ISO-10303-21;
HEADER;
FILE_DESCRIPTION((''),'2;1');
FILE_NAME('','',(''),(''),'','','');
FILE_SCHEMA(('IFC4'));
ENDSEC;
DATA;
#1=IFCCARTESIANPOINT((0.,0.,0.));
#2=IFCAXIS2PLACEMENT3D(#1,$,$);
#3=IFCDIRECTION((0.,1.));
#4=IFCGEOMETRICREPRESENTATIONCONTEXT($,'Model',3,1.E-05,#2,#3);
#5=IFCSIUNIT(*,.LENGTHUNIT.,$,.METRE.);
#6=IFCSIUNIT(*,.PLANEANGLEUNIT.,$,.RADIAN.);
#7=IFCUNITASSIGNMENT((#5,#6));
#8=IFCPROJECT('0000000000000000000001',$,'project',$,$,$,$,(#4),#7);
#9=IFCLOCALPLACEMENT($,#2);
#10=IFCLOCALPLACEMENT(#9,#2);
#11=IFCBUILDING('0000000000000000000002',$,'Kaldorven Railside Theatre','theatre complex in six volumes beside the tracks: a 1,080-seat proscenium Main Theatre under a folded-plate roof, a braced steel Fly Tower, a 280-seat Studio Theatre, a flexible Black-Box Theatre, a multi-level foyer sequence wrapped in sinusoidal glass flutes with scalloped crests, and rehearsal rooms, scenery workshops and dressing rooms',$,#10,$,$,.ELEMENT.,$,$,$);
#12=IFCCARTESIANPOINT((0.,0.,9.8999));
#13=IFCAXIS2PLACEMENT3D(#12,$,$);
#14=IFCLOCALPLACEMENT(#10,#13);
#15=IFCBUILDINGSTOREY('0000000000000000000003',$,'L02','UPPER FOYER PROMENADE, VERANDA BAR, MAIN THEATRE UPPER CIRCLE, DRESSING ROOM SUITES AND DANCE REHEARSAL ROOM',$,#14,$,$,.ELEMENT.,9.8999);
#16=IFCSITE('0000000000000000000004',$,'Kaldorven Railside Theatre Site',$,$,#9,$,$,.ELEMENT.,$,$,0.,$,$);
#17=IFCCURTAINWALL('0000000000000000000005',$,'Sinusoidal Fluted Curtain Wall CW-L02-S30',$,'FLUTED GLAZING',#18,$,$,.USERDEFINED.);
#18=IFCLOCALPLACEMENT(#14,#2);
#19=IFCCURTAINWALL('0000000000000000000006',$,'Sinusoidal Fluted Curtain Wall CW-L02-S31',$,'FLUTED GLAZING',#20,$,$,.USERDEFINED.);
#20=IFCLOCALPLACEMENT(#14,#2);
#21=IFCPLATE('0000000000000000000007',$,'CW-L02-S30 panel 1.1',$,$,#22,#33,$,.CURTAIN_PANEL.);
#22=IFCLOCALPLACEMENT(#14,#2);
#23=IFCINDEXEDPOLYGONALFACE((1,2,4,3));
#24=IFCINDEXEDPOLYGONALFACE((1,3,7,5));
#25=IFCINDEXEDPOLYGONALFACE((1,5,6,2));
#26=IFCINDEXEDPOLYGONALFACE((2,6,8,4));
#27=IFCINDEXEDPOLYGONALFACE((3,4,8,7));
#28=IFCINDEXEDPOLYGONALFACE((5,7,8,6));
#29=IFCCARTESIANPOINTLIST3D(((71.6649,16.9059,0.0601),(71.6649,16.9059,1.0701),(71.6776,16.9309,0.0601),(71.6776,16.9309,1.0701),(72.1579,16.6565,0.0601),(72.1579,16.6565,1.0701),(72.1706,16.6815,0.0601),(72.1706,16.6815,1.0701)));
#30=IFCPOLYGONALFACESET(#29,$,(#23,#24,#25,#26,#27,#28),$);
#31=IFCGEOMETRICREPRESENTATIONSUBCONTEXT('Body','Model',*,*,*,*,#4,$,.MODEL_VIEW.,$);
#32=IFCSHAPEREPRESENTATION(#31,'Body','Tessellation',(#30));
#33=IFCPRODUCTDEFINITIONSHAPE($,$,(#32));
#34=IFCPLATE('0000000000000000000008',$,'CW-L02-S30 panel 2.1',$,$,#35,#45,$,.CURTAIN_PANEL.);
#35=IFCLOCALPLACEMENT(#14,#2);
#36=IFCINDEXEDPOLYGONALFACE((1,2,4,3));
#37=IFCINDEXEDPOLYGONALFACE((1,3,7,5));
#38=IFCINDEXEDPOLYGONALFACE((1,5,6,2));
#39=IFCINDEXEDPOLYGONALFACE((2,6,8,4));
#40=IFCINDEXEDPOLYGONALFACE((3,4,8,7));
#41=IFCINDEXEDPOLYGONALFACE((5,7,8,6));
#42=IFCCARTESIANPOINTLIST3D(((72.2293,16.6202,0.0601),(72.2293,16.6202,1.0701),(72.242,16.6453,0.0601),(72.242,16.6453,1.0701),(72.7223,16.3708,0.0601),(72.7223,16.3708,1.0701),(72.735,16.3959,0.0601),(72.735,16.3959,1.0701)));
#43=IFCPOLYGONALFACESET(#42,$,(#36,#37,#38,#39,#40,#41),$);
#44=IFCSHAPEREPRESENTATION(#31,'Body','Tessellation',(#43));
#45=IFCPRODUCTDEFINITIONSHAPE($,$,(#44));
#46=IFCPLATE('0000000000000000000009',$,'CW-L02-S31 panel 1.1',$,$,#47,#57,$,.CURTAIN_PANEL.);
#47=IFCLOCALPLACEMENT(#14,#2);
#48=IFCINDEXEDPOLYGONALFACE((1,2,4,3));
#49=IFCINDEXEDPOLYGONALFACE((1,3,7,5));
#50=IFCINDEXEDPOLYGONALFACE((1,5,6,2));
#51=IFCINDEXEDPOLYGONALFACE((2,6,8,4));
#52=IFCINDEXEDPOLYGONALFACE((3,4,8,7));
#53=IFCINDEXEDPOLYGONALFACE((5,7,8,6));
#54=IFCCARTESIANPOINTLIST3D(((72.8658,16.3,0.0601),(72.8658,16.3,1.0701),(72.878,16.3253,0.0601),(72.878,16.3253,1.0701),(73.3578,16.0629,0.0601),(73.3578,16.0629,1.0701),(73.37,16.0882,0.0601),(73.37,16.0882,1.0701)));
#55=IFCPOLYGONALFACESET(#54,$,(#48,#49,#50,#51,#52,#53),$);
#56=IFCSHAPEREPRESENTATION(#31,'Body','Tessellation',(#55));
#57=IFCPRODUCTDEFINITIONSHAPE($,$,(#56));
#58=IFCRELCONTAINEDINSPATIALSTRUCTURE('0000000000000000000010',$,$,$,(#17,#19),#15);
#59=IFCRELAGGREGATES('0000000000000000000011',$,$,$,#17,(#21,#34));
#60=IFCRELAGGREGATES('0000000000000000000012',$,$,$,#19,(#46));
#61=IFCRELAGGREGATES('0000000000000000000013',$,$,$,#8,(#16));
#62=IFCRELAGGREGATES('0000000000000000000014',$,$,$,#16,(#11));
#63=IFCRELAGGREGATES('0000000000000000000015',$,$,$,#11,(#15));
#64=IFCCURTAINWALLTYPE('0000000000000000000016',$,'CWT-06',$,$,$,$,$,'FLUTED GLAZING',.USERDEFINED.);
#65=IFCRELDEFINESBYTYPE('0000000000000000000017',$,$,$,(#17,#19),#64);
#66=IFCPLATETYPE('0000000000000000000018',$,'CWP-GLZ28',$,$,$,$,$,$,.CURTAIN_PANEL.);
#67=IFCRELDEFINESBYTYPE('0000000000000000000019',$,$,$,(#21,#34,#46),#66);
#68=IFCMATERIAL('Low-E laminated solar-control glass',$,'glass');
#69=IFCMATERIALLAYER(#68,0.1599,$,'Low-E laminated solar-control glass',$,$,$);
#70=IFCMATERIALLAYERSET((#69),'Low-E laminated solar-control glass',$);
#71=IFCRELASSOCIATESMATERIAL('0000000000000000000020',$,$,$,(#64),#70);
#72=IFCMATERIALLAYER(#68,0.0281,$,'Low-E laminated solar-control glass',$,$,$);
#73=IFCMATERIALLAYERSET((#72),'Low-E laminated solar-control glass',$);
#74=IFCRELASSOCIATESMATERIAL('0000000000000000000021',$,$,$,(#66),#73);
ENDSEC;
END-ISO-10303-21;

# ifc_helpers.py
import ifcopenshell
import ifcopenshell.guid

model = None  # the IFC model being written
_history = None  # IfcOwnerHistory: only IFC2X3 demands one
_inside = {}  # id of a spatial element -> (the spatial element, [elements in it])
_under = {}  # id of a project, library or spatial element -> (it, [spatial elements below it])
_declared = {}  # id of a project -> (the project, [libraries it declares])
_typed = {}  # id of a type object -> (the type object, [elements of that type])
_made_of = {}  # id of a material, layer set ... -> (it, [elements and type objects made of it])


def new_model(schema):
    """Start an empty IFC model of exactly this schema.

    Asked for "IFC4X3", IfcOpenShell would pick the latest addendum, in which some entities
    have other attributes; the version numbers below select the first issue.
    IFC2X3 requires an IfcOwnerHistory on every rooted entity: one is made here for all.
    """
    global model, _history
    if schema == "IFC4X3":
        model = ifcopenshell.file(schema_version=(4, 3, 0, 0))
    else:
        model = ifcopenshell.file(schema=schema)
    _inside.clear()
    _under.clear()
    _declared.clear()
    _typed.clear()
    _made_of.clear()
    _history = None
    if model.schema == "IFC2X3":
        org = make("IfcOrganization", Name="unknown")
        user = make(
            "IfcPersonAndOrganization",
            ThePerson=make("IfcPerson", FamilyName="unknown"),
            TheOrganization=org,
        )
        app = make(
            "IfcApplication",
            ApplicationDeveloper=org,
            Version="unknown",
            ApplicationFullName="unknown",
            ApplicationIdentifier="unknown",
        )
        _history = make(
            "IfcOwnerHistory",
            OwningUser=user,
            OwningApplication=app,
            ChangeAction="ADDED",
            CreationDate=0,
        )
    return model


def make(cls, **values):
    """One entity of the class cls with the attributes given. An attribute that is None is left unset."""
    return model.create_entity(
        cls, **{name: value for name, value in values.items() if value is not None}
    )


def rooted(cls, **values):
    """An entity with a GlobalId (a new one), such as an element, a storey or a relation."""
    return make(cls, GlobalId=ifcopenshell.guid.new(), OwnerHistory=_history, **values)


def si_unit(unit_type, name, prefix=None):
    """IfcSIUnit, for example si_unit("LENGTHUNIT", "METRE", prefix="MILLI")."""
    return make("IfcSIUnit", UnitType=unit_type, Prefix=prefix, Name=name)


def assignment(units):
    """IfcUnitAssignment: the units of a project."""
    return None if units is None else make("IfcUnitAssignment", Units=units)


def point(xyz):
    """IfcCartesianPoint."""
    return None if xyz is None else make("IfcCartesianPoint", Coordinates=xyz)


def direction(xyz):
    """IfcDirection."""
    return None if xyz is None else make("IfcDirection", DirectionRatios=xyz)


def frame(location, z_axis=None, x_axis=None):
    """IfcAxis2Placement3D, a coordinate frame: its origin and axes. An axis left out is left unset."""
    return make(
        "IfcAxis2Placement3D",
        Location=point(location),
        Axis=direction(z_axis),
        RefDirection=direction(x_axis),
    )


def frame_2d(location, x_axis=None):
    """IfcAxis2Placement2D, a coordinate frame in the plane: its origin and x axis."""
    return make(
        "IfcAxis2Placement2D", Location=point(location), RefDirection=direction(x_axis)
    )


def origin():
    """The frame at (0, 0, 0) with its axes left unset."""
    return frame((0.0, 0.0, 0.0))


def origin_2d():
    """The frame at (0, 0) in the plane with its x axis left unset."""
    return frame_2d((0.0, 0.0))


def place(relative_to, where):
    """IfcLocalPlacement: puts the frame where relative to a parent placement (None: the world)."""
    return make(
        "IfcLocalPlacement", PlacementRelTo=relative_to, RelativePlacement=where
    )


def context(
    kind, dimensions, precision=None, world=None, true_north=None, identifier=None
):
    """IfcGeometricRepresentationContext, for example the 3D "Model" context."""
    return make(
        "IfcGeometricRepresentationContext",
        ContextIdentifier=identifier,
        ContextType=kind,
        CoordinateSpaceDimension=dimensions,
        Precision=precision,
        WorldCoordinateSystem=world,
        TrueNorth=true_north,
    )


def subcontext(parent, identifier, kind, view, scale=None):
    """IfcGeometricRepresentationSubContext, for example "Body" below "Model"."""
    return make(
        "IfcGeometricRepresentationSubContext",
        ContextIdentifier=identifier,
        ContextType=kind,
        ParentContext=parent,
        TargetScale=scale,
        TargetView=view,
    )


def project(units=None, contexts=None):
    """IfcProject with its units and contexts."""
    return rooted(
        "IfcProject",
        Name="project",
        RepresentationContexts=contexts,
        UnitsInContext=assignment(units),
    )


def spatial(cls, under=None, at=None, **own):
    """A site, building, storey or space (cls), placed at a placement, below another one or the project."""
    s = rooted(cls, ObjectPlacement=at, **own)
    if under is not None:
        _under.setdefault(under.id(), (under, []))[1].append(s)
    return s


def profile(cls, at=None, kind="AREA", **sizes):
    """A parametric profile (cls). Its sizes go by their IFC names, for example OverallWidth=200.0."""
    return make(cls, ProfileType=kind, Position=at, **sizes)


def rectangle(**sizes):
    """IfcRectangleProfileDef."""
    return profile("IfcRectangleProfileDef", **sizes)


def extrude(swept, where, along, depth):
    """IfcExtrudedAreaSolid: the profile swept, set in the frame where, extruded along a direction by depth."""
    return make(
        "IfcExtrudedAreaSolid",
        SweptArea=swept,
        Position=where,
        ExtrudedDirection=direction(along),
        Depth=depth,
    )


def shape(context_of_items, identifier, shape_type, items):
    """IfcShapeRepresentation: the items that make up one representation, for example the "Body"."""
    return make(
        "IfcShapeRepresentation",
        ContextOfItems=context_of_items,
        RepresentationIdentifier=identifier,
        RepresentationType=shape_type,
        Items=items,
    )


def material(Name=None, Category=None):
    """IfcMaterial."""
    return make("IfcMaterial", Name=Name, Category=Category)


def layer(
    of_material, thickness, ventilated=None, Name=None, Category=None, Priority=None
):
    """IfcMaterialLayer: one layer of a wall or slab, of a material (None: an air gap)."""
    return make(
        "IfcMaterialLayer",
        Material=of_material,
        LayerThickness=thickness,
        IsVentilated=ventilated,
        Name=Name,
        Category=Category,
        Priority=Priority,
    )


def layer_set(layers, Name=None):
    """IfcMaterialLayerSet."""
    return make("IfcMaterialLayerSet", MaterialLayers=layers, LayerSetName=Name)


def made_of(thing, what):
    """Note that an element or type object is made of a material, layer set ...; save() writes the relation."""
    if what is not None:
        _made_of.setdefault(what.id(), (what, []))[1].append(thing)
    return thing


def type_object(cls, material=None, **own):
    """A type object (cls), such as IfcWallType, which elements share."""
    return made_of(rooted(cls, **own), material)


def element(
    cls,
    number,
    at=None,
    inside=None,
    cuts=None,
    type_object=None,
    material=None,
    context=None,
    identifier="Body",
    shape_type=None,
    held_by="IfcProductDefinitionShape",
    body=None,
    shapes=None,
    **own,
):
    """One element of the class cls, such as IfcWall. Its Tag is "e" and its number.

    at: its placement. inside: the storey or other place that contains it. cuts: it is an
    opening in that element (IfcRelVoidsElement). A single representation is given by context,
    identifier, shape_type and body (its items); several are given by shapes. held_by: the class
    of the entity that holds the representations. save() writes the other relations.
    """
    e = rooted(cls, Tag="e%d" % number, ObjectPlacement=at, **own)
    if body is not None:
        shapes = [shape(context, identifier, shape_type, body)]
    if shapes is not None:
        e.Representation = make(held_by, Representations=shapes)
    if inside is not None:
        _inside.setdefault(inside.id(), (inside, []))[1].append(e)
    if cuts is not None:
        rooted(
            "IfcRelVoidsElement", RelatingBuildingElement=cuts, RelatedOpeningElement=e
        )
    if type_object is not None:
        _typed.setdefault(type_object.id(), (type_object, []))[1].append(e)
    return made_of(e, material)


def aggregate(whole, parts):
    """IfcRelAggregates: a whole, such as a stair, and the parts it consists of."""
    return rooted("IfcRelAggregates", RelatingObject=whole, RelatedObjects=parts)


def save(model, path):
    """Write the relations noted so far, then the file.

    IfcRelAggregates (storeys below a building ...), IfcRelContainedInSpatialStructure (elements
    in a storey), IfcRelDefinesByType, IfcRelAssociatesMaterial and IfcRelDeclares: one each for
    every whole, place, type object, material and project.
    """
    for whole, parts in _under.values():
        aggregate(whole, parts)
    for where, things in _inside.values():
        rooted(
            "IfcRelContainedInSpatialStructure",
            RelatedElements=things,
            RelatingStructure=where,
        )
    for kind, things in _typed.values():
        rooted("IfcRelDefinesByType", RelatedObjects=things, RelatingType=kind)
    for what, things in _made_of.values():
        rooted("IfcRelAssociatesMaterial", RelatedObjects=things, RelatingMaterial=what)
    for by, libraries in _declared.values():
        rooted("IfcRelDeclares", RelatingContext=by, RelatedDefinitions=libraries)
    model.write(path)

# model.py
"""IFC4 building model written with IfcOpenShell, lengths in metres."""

from ifc_helpers import new_model, si_unit, direction, frame, origin, origin_2d, place, context, subcontext, project, spatial, rectangle, extrude, material, layer, layer_set, type_object, element, aggregate, save


model = new_model("IFC4")

# Units and contexts
model_context = context("Model", 3, precision=1e-05, world=origin(), true_north=direction((0.0, 1.0)))
body_context = subcontext(model_context, "Body", "Model", "MODEL_VIEW")
ifc_project = project(units=[si_unit("LENGTHUNIT", "METRE"), si_unit("PLANEANGLEUNIT", "RADIAN")], contexts=[model_context])

# Site, building, storey
site_placement = place(None, origin())
site = spatial("IfcSite", under=ifc_project, at=site_placement, Name="Kaldorven Railside Theatre Site", CompositionType="ELEMENT", RefElevation=0.0)
building_placement = place(site_placement, origin())
building = spatial("IfcBuilding", under=site, at=building_placement, Name="Kaldorven Railside Theatre", Description="theatre complex in six volumes beside the tracks: a 1,080-seat proscenium Main Theatre under a folded-plate roof, a braced steel Fly Tower, a 280-seat Studio Theatre, a flexible Black-Box Theatre, a multi-level foyer sequence wrapped in sinusoidal glass flutes with scalloped crests, and rehearsal rooms, scenery workshops and dressing rooms", CompositionType="ELEMENT")
storey_placement = place(building_placement, frame((0.0, 0.0, 9.8999)))
storey = spatial("IfcBuildingStorey", under=building, at=storey_placement, Name="L02", Description="UPPER FOYER PROMENADE, VERANDA BAR, MAIN THEATRE UPPER CIRCLE, DRESSING ROOM SUITES AND DANCE REHEARSAL ROOM", CompositionType="ELEMENT", Elevation=9.8999)

# Shared definitions
ifc_material_1 = material(Name="Low-E laminated solar-control glass", Category="glass")

# Curtain walls
ifc_layer_1 = layer(ifc_material_1, 0.1599, Name="Low-E laminated solar-control glass")
ifc_layer_set_1 = layer_set([ifc_layer_1], Name="Low-E laminated solar-control glass")
curtain_wall_type_1 = type_object("IfcCurtainWallType", Name="CWT-06", ElementType="FLUTED GLAZING", PredefinedType="USERDEFINED", material=ifc_layer_set_1)
curtain_wall_1_placement = place(storey_placement, origin())
curtain_wall_1 = element("IfcCurtainWall", 1, at=curtain_wall_1_placement, inside=storey, type_object=curtain_wall_type_1, Name="Sinusoidal Fluted Curtain Wall CW-L02-S30", ObjectType="FLUTED GLAZING", PredefinedType="USERDEFINED")
curtain_wall_2_placement = place(storey_placement, origin())
curtain_wall_2 = element("IfcCurtainWall", 2, at=curtain_wall_2_placement, inside=storey, type_object=curtain_wall_type_1, Name="Sinusoidal Fluted Curtain Wall CW-L02-S31", ObjectType="FLUTED GLAZING", PredefinedType="USERDEFINED")

# Plates
ifc_layer_2 = layer(ifc_material_1, 0.0281, Name="Low-E laminated solar-control glass")
ifc_layer_set_2 = layer_set([ifc_layer_2], Name="Low-E laminated solar-control glass")
plate_type = type_object("IfcPlateType", Name="CWP-GLZ28", PredefinedType="CURTAIN_PANEL", material=ifc_layer_set_2)
plate_1_placement = place(storey_placement, frame((71.9177, 16.7937, 0.0601), z_axis=(0.0, 0.0, 1.0), x_axis=(0.892305, -0.451432, 0.0)))
plate_1 = element("IfcPlate", 3, at=plate_1_placement, type_object=plate_type, Name="CW-L02-S30 panel 1.1", PredefinedType="CURTAIN_PANEL", context=body_context, shape_type="SweptSolid", body=[
    extrude(rectangle(XDim=0.5525, YDim=0.0281, at=origin_2d()), origin(), (0.0, 0.0, 1.0), 1.01),
])
plate_2_placement = place(storey_placement, frame((72.4822, 16.5081, 0.0601), z_axis=(0.0, 0.0, 1.0), x_axis=(0.892305, -0.451432, 0.0)))
plate_2 = element("IfcPlate", 4, at=plate_2_placement, type_object=plate_type, Name="CW-L02-S30 panel 2.1", PredefinedType="CURTAIN_PANEL", context=body_context, shape_type="SweptSolid", body=[
    extrude(rectangle(XDim=0.5525, YDim=0.0281, at=origin_2d()), origin(), (0.0, 0.0, 1.0), 1.01),
])
aggregate(curtain_wall_1, [plate_1, plate_2])
plate_3_placement = place(storey_placement, frame((73.1179, 16.1941, 0.0601), z_axis=(0.0, 0.0, 1.0), x_axis=(0.90079, -0.434256, 0.0)))
plate_3 = element("IfcPlate", 5, at=plate_3_placement, type_object=plate_type, Name="CW-L02-S31 panel 1.1", PredefinedType="CURTAIN_PANEL", context=body_context, shape_type="SweptSolid", body=[
    extrude(rectangle(XDim=0.5461, YDim=0.0281, at=origin_2d()), origin(), (0.0, 0.0, 1.0), 1.01),
])
aggregate(curtain_wall_2, [plate_3])

save(model, "model.ifc")
